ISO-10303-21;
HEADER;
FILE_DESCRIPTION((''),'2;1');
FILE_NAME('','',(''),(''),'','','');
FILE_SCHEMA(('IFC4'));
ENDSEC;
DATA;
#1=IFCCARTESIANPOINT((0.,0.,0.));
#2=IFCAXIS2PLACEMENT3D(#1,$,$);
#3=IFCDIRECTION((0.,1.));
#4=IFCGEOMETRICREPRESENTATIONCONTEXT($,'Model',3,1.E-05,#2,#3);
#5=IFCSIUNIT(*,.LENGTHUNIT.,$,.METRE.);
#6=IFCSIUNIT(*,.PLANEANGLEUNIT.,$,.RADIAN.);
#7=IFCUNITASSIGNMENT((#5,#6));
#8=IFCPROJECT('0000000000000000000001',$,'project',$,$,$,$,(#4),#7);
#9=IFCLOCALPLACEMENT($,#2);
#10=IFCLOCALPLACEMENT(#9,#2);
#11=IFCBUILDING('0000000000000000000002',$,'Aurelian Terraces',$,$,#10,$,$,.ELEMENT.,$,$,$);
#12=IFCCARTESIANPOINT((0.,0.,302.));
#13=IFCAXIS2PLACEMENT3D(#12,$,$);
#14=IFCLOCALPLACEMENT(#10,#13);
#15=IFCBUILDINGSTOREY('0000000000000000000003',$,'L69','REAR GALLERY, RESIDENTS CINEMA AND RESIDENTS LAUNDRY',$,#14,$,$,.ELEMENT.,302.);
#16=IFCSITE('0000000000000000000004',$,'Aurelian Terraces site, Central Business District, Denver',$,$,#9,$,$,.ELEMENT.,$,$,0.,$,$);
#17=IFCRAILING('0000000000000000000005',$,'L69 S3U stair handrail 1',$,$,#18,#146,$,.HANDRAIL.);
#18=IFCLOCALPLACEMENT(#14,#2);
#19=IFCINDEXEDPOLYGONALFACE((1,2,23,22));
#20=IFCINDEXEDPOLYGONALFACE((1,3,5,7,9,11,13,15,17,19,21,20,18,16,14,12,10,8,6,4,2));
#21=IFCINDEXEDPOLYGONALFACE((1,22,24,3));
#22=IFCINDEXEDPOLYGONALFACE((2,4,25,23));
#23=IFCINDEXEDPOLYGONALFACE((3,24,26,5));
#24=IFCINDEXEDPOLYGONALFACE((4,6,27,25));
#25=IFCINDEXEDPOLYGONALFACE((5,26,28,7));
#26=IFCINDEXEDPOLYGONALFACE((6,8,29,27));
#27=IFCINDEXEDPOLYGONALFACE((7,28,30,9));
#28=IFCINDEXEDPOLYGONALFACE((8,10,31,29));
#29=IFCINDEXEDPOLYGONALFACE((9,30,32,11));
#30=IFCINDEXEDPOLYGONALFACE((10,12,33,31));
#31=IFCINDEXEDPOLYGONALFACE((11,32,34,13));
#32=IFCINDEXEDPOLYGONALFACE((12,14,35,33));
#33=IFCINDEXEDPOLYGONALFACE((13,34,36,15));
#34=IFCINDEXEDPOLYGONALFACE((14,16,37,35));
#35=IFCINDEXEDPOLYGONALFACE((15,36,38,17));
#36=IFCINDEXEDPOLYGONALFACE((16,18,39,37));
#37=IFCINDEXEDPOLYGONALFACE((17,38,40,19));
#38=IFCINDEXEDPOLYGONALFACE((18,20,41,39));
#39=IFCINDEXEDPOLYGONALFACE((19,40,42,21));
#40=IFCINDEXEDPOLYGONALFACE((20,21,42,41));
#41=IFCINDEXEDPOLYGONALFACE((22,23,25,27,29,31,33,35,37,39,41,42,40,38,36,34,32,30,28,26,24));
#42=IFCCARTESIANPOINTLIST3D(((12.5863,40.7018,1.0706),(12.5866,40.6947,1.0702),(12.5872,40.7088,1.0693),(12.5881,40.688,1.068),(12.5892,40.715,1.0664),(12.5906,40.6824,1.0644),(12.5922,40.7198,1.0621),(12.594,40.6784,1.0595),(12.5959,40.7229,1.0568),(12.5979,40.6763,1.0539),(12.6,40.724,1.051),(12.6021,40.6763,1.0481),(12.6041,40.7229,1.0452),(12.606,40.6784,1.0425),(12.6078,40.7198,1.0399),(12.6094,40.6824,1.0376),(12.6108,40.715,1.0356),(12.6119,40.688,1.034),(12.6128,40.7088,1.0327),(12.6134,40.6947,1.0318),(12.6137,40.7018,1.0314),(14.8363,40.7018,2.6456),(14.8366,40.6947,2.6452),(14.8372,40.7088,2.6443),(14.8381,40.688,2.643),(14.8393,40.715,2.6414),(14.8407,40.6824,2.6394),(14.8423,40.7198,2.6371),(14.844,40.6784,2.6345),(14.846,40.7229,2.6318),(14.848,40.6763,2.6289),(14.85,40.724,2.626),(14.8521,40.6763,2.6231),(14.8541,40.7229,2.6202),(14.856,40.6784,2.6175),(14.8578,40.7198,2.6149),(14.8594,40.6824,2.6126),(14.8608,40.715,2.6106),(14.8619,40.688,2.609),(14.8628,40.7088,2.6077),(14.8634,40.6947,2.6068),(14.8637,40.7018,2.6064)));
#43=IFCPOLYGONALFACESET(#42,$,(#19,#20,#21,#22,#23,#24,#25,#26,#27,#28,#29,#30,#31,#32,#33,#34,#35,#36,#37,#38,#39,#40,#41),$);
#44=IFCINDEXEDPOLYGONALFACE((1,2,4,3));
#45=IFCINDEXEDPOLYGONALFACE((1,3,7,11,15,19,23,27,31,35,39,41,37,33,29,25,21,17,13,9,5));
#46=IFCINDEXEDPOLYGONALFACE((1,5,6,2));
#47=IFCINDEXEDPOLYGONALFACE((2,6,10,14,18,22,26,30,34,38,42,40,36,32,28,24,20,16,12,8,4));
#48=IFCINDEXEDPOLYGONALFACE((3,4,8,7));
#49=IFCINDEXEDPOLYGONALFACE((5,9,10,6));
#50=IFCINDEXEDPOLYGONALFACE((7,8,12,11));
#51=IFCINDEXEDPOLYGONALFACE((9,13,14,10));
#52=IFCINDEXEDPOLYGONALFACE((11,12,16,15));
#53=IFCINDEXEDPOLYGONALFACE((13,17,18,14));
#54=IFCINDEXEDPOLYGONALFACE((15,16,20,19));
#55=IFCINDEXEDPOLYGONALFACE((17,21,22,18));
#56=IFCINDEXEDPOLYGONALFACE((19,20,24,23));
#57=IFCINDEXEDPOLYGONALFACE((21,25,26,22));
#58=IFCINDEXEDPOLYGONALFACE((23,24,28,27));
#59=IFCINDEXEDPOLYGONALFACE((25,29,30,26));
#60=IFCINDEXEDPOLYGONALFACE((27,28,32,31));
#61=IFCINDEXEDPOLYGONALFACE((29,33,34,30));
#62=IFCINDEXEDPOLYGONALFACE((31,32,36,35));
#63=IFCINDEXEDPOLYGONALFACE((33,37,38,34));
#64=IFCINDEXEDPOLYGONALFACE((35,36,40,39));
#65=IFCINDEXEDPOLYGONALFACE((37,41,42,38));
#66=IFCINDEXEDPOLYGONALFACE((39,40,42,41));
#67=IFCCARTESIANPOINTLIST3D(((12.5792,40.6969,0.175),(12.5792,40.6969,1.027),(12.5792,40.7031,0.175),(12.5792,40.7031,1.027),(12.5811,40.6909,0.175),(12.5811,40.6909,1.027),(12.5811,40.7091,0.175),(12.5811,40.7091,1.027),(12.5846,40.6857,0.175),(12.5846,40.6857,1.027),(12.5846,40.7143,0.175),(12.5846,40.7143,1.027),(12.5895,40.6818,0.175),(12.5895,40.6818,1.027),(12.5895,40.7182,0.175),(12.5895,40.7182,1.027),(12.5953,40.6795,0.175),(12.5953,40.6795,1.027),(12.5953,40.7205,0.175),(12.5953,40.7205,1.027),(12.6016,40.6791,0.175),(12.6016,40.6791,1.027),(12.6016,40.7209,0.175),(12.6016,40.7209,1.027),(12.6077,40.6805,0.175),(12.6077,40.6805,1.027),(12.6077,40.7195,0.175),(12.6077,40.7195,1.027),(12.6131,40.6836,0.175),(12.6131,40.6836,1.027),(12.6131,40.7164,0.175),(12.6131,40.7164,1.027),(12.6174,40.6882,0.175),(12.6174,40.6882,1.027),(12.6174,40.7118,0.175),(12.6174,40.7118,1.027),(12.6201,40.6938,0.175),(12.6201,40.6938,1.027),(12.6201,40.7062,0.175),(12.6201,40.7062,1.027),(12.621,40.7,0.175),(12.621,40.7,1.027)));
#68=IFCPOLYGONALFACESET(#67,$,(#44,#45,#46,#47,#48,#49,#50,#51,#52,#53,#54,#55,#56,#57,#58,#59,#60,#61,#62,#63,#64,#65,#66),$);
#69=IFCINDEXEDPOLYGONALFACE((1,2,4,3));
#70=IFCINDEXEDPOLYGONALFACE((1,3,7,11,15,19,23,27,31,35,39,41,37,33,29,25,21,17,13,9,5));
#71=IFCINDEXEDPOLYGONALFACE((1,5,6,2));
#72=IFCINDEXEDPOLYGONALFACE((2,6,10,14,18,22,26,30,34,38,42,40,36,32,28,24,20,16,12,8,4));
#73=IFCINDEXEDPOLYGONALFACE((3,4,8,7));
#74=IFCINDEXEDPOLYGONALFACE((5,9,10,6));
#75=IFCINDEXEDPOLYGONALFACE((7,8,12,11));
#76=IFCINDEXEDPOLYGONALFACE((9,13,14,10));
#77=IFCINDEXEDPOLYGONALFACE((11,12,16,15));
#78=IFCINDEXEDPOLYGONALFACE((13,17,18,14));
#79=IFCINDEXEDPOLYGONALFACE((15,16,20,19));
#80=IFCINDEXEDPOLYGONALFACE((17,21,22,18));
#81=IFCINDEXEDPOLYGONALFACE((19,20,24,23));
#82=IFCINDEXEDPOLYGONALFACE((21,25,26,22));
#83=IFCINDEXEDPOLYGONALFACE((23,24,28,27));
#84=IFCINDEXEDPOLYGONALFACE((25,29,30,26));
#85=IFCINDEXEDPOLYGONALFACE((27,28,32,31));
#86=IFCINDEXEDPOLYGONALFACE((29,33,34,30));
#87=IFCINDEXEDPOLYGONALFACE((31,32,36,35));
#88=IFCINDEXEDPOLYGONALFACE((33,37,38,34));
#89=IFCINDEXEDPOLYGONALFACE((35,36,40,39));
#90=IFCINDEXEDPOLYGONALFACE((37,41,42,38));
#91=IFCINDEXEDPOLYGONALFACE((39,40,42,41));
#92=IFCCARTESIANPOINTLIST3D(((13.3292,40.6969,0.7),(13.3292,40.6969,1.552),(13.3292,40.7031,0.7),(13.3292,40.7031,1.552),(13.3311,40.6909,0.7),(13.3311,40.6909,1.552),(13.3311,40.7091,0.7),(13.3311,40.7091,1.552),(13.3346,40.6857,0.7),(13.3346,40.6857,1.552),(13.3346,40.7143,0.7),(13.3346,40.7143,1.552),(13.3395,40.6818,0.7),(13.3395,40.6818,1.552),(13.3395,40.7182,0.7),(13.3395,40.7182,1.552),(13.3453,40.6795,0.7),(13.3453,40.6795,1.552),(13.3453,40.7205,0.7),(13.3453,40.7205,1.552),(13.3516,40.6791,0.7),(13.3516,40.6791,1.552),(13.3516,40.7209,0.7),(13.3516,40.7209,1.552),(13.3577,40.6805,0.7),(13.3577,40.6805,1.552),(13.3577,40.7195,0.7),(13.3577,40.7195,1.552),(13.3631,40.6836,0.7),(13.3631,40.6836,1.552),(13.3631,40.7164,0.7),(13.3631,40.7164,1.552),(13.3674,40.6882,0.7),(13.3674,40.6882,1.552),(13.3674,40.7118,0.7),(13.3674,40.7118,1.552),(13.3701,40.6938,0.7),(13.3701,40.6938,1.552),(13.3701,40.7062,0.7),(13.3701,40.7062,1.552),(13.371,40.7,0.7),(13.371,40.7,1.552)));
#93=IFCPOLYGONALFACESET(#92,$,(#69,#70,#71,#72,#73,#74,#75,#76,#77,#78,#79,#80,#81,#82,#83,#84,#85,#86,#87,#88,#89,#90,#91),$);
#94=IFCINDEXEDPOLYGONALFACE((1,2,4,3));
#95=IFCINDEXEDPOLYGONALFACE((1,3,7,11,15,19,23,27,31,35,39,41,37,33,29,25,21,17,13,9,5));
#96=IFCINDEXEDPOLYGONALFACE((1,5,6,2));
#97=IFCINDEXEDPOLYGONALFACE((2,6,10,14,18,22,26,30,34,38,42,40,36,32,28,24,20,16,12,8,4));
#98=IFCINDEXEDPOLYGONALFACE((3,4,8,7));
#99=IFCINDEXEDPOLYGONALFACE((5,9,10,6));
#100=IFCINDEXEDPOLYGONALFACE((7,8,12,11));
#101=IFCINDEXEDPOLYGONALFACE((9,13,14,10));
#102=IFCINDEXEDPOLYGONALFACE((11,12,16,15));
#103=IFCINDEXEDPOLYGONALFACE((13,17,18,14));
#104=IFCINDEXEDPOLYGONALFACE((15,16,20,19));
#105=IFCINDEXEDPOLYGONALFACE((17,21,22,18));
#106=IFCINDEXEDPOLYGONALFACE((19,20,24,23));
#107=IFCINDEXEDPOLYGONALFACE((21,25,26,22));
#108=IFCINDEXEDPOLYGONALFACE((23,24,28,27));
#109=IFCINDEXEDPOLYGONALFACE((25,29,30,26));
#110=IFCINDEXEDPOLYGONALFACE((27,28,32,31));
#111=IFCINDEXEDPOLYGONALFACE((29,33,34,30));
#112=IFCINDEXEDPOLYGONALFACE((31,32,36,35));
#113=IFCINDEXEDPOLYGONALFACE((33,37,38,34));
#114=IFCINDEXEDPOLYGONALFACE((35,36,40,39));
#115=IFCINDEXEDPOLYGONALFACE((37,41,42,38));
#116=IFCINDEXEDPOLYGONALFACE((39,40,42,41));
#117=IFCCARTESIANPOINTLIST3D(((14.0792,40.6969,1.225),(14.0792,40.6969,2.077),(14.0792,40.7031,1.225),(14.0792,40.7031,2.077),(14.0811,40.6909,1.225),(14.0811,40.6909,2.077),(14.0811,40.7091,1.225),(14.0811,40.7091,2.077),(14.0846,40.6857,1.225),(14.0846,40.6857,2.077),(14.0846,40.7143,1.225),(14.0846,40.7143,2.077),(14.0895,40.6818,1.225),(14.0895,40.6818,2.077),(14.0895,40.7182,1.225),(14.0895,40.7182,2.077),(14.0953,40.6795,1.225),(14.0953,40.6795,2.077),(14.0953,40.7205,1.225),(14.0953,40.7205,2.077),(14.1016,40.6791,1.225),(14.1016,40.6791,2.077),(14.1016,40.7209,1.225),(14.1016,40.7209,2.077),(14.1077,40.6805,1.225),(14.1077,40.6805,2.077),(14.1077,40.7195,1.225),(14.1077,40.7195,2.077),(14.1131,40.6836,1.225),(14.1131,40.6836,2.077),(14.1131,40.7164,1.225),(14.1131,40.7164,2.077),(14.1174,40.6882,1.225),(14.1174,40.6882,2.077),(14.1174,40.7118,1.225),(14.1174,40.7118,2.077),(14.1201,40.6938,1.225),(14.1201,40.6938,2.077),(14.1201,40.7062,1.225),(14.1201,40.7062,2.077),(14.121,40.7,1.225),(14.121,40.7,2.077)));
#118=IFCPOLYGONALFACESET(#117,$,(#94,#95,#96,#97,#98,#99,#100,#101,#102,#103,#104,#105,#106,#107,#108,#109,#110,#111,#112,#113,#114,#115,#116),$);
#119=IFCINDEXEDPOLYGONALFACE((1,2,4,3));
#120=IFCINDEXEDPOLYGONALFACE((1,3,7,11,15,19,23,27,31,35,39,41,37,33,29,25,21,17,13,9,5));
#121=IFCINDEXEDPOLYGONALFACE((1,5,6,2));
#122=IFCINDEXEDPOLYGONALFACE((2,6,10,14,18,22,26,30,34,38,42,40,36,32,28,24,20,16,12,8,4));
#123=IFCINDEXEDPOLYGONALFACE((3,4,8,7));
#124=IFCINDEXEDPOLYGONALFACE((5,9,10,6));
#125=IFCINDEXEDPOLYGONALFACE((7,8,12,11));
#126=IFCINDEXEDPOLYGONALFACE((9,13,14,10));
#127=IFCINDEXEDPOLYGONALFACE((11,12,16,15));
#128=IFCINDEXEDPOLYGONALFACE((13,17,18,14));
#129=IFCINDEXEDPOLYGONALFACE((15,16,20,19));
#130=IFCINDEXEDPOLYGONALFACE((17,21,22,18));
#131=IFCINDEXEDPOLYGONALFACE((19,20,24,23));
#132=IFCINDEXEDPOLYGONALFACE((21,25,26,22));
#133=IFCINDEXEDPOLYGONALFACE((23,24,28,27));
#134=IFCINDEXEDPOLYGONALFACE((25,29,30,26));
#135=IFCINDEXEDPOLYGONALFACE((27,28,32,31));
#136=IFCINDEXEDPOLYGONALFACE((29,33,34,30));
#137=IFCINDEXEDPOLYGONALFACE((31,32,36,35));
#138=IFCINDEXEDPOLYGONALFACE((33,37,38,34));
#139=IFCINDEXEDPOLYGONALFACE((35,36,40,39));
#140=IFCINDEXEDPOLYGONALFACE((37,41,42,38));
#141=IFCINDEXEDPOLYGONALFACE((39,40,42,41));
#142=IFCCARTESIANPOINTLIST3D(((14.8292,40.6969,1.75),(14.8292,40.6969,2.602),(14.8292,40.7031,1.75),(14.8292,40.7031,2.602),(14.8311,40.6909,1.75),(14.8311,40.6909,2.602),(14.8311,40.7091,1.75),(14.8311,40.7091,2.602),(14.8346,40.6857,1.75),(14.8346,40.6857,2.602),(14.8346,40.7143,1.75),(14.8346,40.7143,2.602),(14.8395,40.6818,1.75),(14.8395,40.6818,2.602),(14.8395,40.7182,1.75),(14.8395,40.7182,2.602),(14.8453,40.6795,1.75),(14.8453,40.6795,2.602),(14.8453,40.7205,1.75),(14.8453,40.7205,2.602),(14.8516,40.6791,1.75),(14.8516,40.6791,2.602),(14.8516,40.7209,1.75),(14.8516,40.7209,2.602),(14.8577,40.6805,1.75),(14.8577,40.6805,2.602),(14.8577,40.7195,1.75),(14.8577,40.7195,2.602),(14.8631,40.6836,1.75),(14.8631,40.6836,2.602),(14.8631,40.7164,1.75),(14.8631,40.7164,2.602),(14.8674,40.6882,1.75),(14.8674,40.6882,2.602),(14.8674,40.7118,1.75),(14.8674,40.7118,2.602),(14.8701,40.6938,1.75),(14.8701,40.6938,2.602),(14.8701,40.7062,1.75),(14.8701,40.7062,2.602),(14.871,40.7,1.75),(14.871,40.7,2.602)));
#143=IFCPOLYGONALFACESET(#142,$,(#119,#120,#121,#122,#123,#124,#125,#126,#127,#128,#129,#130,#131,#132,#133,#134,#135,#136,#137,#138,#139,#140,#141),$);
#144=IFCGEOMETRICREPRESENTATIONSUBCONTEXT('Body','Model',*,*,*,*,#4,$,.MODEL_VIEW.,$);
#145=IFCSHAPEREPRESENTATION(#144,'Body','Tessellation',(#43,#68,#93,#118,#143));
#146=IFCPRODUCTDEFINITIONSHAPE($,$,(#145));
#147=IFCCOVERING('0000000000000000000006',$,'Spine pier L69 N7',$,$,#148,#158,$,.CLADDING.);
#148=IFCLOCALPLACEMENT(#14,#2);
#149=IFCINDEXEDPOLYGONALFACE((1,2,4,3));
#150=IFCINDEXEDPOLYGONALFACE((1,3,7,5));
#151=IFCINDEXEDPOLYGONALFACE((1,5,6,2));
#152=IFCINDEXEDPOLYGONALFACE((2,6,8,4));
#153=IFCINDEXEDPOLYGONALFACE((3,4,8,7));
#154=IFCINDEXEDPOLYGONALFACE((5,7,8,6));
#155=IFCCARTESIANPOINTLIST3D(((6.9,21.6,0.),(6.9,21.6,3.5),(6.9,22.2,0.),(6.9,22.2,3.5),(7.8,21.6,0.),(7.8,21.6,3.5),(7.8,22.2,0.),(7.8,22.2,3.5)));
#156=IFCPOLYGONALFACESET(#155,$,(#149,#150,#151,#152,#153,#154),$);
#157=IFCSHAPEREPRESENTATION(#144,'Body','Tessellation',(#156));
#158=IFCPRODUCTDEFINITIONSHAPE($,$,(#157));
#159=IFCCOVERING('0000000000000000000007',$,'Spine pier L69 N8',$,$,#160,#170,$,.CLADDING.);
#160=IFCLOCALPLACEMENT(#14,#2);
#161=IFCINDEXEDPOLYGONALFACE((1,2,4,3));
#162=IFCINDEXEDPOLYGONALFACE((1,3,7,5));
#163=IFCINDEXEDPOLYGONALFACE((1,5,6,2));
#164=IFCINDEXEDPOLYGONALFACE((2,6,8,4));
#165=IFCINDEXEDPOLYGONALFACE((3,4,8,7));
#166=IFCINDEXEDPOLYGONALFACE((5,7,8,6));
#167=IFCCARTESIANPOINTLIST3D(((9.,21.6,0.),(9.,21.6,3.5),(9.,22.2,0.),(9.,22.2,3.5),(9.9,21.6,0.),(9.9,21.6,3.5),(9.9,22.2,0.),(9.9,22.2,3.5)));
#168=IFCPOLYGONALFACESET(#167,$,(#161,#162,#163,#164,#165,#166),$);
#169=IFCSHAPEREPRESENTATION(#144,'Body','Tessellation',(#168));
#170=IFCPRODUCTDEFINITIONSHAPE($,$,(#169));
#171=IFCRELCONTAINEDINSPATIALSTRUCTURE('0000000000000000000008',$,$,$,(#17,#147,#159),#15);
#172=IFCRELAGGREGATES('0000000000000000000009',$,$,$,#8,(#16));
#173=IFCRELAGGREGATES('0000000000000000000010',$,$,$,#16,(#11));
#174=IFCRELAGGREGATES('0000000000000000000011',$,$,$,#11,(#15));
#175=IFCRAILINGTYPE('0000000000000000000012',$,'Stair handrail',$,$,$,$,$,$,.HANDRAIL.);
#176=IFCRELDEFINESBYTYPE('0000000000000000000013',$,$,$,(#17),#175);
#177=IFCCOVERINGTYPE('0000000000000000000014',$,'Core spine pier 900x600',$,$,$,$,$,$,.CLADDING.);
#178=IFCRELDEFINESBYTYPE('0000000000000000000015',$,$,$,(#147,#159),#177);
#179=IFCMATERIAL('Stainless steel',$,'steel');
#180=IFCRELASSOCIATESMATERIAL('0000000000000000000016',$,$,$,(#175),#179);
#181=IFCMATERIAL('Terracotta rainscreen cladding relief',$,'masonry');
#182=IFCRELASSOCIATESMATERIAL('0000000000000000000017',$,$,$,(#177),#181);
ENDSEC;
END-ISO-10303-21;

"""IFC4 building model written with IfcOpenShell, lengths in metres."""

from ifc_helpers import new_model, si_unit, direction, frame, origin, origin_2d, place, context, subcontext, project, spatial, rectangle, circle, extrude, source, transform, mapped, material, type_object, element, save


model = new_model("IFC4")

# Units and contexts
model_context = context("Model", 3, precision=1e-05, world=origin(), true_north=direction((0.0, 1.0)))
body_context = subcontext(model_context, "Body", "Model", "MODEL_VIEW")
ifc_project = project(units=[si_unit("LENGTHUNIT", "METRE"), si_unit("PLANEANGLEUNIT", "RADIAN")], contexts=[model_context])

# Site, building, storey
site_placement = place(None, origin())
site = spatial("IfcSite", under=ifc_project, at=site_placement, Name="Aurelian Terraces site, Central Business District, Denver", CompositionType="ELEMENT", RefElevation=0.0)
building_placement = place(site_placement, origin())
building = spatial("IfcBuilding", under=site, at=building_placement, Name="Aurelian Terraces", CompositionType="ELEMENT")
storey_placement = place(building_placement, frame((0.0, 0.0, 302.0)))
storey = spatial("IfcBuildingStorey", under=building, at=storey_placement, Name="L69", Description="REAR GALLERY, RESIDENTS CINEMA AND RESIDENTS LAUNDRY", CompositionType="ELEMENT", Elevation=302.0)

# Shared definitions
ifc_material_1 = material(Name="Terracotta rainscreen cladding relief", Category="masonry")

# Railing
ifc_material_2 = material(Name="Stainless steel", Category="steel")
railing_type_1 = type_object("IfcRailingType", Name="Stair handrail", PredefinedType="HANDRAIL", material=ifc_material_2)
shared_shape_1 = source(origin(), body_context, "Body", "SweptSolid", [
    extrude(circle(Radius=0.024, at=origin_2d()), frame((0.0, 0.0, 0.876), z_axis=(0.819232, 0.0, 0.573462), x_axis=(0.0, 1.0, 0.0)), (0.0, 0.0, 1.0), 2.7465),
    extrude(circle(Radius=0.021, at=origin_2d()), origin(), (0.0, 0.0, 1.0), 0.852),
    extrude(circle(Radius=0.021, at=origin_2d()), frame((0.75, 0.0, 0.525)), (0.0, 0.0, 1.0), 0.852),
    extrude(circle(Radius=0.021, at=origin_2d()), frame((1.5, 0.0, 1.05)), (0.0, 0.0, 1.0), 0.852),
    extrude(circle(Radius=0.021, at=origin_2d()), frame((2.25, 0.0, 1.575)), (0.0, 0.0, 1.0), 0.852),
])
railing_1_placement = place(storey_placement, frame((12.6, 40.7, 0.175)))
element("IfcRailing", 1, at=railing_1_placement, inside=storey, type_object=railing_type_1, Name="L69 S3U stair handrail 1", PredefinedType="HANDRAIL", context=body_context, shape_type="MappedRepresentation", body=[
    mapped(shared_shape_1, transform((0.0, 0.0, 0.0), scale=1.0)),
])

# Coverings
covering_type_1 = type_object("IfcCoveringType", Name="Core spine pier 900x600", PredefinedType="CLADDING", material=ifc_material_1)
shared_shape_2 = source(origin(), body_context, "Body", "SweptSolid", [
    extrude(rectangle(XDim=0.9, YDim=0.6, at=origin_2d()), origin(), (0.0, 0.0, 1.0), 3.5),
])
for number, where, z_axis, x_axis, name in (
    (2, (7.35, 21.9, 0.0), (0.0, 0.0, 1.0), (1.0, 0.0, 0.0), "Spine pier L69 N7"),
    (3, (9.45, 21.9, 0.0), (0.0, 0.0, 1.0), (1.0, 0.0, 0.0), "Spine pier L69 N8"),
):
    element("IfcCovering", number, at=place(storey_placement, frame(where, z_axis=z_axis, x_axis=x_axis)), inside=storey, type_object=covering_type_1, Name=name, PredefinedType="CLADDING", context=body_context, shape_type="MappedRepresentation", body=[
        mapped(shared_shape_2, transform((0.0, 0.0, 0.0), scale=1.0)),
    ])

save(model, "model.ifc")
